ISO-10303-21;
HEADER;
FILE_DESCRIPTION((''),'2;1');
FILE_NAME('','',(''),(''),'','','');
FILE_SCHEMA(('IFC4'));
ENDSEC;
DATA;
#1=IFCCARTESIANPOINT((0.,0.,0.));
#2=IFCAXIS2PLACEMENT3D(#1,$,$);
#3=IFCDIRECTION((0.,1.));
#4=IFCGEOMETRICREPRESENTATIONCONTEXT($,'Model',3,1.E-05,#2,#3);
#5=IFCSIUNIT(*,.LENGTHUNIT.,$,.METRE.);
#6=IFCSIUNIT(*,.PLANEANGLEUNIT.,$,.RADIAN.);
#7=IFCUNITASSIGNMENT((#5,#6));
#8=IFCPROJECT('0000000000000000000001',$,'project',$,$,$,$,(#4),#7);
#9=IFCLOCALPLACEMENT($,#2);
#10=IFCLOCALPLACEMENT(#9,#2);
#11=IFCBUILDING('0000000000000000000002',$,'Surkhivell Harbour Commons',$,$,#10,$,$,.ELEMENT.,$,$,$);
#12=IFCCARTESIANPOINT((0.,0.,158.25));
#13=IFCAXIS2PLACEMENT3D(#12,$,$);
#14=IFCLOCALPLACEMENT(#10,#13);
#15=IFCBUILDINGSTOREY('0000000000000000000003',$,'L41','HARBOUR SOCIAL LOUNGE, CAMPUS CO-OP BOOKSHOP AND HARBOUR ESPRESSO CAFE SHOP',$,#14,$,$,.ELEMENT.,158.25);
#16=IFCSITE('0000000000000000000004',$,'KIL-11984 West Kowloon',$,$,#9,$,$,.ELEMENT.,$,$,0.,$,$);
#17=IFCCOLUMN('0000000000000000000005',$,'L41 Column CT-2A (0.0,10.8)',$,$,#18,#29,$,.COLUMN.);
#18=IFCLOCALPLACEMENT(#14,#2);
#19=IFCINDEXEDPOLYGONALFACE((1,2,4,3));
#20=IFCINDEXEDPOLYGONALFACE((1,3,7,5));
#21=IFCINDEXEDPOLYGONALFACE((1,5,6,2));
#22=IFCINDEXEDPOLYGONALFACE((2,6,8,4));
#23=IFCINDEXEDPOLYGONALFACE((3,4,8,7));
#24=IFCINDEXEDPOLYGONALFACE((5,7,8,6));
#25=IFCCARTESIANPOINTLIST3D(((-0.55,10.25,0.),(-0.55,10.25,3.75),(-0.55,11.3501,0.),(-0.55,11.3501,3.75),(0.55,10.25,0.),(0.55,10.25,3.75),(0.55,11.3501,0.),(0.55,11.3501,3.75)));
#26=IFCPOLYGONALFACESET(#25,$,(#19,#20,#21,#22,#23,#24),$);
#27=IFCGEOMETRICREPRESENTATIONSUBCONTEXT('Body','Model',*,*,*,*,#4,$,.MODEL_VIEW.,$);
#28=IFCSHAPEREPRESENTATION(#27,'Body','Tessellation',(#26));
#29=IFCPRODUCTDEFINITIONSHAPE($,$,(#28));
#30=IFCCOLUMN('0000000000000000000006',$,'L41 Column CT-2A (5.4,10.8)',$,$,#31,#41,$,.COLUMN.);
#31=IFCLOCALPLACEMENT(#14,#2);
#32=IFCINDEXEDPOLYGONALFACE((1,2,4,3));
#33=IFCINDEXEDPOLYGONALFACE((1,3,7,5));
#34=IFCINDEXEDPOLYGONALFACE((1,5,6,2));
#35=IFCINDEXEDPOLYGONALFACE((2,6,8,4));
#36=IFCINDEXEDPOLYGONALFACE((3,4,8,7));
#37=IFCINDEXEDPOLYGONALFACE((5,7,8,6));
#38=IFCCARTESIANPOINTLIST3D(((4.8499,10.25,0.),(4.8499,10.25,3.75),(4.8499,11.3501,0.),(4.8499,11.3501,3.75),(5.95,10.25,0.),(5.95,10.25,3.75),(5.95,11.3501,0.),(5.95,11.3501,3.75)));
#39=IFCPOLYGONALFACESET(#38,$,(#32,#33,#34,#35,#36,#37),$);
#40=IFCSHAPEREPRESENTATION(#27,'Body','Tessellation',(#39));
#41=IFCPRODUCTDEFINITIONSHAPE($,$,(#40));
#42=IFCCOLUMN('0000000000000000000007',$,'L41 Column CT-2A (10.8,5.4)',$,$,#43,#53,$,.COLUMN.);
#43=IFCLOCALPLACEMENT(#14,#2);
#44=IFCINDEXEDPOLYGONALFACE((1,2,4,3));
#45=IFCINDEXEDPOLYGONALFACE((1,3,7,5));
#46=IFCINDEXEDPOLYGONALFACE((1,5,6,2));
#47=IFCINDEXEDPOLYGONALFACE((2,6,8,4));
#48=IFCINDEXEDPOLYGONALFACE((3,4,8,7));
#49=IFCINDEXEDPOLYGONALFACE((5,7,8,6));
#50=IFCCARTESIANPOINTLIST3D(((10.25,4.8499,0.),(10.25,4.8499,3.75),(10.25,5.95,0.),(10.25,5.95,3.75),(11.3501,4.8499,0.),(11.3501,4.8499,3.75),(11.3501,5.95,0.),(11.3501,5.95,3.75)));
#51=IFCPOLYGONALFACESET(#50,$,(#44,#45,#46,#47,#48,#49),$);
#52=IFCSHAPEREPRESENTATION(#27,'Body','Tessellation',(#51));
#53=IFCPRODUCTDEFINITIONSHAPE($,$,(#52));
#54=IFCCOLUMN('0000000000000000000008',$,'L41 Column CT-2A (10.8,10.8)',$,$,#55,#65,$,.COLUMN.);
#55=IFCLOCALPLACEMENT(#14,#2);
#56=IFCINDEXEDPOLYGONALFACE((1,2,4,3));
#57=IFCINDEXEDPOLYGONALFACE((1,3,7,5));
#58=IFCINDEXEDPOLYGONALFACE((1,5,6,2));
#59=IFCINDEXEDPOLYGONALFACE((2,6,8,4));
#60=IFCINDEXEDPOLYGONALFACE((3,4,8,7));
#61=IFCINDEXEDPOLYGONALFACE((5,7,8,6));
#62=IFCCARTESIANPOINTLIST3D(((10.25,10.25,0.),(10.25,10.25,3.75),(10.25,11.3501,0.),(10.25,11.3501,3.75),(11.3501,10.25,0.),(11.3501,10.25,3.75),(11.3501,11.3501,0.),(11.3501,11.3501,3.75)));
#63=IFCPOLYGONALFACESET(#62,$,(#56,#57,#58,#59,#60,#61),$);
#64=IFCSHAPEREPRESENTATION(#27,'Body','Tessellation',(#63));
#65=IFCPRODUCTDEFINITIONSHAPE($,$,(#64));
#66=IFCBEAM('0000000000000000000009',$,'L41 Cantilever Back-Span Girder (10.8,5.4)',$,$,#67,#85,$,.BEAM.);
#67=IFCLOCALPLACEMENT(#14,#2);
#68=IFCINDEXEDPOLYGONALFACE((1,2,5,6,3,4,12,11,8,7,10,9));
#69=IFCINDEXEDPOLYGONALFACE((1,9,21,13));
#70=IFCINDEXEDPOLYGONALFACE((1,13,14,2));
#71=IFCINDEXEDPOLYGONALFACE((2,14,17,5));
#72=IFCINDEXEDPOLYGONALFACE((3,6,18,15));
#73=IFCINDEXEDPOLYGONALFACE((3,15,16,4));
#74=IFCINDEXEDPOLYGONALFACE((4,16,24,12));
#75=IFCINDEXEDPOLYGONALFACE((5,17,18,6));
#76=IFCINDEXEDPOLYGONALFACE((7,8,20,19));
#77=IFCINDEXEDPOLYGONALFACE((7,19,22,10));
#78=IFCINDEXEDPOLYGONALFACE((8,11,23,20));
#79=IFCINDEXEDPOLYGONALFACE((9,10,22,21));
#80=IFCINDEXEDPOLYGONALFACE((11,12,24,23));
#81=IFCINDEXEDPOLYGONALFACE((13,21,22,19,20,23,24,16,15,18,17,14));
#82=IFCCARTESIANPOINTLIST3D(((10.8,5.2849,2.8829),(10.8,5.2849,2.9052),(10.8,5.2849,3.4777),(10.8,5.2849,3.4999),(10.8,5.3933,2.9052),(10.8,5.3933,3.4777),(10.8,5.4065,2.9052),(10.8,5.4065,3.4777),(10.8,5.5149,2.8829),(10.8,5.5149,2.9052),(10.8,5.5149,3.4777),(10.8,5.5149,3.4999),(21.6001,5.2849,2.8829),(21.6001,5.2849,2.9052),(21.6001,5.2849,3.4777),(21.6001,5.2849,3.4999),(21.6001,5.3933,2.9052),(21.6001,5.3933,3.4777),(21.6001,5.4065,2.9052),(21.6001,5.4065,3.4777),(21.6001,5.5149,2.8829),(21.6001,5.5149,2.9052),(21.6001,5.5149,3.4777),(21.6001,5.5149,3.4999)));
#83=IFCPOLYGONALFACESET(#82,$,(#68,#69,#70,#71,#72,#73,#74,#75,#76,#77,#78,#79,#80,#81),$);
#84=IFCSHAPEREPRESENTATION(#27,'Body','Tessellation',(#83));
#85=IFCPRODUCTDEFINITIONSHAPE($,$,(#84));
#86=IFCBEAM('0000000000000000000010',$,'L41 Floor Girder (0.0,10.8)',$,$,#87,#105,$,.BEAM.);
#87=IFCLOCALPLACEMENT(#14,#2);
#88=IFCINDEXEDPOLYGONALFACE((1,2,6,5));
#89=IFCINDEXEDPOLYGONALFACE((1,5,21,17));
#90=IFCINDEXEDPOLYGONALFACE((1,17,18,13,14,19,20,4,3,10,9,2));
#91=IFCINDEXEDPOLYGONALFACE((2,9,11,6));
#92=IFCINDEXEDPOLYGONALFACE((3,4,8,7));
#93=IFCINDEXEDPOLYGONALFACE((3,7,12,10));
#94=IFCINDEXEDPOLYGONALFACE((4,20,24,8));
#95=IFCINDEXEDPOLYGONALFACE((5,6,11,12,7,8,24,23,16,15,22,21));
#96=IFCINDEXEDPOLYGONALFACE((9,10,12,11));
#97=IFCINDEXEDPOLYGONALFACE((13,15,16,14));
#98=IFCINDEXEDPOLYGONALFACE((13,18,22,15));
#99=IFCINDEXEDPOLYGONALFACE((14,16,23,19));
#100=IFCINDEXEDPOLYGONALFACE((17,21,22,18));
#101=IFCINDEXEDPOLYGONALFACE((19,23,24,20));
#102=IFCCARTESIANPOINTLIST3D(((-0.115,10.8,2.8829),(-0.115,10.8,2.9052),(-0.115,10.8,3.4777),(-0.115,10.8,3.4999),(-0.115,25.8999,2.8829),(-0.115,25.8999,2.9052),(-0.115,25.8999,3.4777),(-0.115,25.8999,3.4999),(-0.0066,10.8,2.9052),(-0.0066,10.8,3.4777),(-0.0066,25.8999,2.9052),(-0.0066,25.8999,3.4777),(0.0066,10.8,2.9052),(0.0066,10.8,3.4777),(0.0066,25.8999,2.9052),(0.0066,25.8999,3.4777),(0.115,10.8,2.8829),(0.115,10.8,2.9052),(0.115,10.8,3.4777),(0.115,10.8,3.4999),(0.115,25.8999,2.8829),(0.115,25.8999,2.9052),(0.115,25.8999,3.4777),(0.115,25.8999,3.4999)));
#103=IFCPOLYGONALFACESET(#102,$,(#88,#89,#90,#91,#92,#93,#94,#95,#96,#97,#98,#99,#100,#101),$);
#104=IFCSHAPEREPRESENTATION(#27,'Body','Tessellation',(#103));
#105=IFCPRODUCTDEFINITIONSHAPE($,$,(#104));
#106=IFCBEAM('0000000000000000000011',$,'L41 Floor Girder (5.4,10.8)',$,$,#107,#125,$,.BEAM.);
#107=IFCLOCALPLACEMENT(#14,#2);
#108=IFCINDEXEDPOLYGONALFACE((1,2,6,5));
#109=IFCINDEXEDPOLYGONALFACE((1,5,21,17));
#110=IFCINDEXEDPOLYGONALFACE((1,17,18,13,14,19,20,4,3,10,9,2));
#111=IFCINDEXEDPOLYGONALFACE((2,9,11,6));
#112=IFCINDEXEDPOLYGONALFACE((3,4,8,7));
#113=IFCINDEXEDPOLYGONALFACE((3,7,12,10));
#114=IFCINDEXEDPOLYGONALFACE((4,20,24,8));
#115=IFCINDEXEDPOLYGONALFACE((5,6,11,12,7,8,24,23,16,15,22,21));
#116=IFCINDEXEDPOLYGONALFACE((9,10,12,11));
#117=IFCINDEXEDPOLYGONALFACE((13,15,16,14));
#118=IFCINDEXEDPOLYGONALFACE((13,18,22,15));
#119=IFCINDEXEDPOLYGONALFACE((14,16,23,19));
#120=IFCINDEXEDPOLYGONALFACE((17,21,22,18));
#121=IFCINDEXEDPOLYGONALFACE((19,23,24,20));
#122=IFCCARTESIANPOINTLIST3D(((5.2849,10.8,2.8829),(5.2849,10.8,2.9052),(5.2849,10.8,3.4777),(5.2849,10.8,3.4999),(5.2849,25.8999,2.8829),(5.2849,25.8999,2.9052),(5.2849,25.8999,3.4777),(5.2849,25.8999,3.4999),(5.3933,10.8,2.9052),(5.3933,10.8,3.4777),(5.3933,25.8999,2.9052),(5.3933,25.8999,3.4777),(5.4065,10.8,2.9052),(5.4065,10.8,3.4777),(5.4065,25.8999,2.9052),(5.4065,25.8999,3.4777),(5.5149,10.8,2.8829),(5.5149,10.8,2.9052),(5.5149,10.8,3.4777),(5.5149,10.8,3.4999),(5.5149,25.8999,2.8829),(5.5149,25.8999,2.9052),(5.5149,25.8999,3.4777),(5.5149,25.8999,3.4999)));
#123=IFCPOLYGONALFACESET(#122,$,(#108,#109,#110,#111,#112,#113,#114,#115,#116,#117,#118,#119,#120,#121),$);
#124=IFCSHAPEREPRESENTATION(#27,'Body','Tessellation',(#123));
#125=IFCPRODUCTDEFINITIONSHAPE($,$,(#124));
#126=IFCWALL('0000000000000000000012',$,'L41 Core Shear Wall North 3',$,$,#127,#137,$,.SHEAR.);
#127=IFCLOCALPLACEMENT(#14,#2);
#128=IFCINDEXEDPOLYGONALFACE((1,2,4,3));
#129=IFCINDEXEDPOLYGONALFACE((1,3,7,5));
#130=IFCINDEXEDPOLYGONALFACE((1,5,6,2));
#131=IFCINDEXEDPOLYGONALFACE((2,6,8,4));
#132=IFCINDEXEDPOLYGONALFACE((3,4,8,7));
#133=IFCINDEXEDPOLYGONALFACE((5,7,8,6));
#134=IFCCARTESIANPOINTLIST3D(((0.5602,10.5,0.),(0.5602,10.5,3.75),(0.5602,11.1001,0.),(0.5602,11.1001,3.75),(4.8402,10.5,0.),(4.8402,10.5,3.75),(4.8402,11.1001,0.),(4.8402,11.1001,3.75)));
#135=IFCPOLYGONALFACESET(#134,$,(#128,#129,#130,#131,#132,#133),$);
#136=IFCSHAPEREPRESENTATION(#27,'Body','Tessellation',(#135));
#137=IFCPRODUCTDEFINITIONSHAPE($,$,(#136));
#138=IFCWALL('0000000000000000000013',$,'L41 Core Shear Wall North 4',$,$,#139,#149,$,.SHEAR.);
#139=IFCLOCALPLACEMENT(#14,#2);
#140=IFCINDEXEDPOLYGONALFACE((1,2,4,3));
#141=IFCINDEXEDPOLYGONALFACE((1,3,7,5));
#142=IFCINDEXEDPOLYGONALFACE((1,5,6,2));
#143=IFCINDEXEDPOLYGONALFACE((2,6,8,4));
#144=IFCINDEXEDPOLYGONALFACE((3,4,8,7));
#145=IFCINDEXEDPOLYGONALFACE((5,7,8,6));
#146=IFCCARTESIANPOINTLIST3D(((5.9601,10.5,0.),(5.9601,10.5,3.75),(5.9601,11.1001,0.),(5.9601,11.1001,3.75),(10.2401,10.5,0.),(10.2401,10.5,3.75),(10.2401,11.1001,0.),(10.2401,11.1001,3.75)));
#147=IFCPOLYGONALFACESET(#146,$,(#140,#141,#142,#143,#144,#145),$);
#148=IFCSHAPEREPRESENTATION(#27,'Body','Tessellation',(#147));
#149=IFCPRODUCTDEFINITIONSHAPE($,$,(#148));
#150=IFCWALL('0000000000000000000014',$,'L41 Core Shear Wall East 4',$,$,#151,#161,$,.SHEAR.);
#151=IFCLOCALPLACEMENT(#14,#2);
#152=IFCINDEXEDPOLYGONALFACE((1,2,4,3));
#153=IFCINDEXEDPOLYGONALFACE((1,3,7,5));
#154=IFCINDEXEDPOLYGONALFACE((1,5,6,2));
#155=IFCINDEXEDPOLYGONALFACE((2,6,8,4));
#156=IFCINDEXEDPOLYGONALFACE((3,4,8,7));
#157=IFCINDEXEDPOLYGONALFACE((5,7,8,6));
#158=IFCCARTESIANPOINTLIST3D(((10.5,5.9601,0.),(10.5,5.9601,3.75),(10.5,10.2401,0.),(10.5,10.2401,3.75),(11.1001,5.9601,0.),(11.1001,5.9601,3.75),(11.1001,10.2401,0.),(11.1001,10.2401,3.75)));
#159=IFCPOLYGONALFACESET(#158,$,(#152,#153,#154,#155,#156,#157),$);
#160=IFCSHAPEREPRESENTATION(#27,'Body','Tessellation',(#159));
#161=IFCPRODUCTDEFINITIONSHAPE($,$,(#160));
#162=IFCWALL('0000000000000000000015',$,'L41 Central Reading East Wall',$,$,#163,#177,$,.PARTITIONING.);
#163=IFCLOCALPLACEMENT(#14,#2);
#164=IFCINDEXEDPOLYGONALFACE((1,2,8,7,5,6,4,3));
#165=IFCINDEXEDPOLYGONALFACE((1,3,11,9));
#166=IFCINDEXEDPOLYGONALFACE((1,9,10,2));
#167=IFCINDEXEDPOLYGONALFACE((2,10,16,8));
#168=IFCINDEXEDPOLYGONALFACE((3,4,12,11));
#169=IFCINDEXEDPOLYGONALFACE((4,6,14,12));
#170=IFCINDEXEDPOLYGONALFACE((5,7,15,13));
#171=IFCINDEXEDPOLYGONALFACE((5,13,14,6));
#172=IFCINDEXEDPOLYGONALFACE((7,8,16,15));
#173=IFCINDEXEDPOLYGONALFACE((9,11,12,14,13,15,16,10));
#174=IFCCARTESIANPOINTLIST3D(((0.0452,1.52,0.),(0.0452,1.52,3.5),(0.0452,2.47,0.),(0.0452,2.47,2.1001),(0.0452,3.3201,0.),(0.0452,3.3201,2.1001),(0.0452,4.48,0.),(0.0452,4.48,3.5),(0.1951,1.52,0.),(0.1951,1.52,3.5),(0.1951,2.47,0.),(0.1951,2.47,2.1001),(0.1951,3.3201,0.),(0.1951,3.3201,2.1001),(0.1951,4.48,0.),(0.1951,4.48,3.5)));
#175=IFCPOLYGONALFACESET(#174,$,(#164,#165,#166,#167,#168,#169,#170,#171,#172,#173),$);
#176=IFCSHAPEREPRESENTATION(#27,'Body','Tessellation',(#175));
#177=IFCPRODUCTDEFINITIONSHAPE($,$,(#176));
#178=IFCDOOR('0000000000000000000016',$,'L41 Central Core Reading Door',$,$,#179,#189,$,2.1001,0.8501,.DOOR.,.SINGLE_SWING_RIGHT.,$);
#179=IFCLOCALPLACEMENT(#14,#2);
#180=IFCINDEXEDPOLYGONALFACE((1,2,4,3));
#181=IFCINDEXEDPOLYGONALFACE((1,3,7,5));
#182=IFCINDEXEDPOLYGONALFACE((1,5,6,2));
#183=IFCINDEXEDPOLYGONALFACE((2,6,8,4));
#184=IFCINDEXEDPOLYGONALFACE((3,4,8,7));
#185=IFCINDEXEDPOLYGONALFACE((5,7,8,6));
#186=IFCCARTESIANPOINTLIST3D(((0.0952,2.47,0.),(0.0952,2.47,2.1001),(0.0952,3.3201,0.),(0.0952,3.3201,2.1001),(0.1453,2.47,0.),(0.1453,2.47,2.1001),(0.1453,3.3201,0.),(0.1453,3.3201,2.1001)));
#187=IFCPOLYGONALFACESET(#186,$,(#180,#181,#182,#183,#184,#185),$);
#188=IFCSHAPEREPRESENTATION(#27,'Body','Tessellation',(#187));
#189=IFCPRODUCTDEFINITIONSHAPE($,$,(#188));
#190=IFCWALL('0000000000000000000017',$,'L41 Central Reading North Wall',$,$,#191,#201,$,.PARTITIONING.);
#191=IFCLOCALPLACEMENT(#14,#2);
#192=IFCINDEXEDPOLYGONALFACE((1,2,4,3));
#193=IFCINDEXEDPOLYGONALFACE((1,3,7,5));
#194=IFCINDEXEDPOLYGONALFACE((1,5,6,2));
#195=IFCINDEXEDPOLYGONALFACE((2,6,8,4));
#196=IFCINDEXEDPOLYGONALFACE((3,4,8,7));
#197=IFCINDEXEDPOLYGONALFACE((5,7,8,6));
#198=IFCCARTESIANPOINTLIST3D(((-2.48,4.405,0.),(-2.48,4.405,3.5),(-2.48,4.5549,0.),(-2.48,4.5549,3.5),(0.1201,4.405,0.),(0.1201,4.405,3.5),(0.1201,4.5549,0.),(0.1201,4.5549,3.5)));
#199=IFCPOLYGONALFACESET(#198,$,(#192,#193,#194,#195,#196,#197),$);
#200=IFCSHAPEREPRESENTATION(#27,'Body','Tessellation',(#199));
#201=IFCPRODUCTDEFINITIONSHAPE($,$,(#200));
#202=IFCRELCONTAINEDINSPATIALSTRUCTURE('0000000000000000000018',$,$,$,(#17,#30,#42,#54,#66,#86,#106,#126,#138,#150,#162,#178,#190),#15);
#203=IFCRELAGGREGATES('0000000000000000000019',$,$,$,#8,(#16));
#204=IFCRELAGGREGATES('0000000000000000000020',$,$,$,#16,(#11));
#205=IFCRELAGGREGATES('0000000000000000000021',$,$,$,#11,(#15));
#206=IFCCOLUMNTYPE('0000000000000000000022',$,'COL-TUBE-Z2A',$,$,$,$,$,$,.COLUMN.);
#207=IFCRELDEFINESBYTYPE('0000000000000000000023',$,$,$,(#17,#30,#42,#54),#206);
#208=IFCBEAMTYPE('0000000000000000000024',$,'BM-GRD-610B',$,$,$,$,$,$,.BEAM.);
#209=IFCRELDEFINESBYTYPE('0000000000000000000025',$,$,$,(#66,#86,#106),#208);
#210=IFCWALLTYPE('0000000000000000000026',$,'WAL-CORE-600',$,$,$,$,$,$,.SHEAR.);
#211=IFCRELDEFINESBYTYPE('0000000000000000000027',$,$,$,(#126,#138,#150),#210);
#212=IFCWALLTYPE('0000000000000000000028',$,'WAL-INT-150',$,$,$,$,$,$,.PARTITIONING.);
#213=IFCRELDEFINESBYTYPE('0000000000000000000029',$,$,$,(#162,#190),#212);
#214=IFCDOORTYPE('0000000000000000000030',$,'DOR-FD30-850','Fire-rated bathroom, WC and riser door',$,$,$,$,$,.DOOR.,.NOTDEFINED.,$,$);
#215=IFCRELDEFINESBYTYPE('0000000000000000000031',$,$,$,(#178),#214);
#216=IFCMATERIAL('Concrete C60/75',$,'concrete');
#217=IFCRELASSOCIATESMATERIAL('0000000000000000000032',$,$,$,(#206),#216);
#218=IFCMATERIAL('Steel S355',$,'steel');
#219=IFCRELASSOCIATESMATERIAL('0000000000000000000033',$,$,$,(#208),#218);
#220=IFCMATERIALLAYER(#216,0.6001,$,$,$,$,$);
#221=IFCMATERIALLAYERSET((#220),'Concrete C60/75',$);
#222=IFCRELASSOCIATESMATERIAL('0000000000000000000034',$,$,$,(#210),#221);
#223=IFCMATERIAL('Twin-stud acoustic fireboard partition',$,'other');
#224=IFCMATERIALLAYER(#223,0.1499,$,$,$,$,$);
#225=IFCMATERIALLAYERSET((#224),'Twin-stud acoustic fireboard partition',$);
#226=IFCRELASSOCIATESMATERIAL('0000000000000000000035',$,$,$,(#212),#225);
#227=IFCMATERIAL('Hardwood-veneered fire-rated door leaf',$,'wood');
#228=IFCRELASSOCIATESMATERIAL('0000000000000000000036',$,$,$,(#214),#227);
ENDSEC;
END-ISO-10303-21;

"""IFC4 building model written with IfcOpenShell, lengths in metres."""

from ifc_helpers import new_model, si_unit, direction, frame, frame_2d, origin, origin_2d, place, context, subcontext, project, spatial, rectangle, i_section, extrude, material, layer, layer_set, material_profile, profile_set, type_object, element, fill, save


model = new_model("IFC4")

# Units and contexts
model_context = context("Model", 3, precision=1e-05, world=origin(), true_north=direction((0.0, 1.0)))
body_context = subcontext(model_context, "Body", "Model", "MODEL_VIEW")
ifc_project = project(units=[si_unit("LENGTHUNIT", "METRE"), si_unit("PLANEANGLEUNIT", "RADIAN")], contexts=[model_context])

# Site, building, storey
site_placement = place(None, origin())
site = spatial("IfcSite", under=ifc_project, at=site_placement, Name="KIL-11984 West Kowloon", CompositionType="ELEMENT", RefElevation=0.0)
building_placement = place(site_placement, origin())
building = spatial("IfcBuilding", under=site, at=building_placement, Name="Surkhivell Harbour Commons", CompositionType="ELEMENT")
storey_placement = place(building_placement, frame((0.0, 0.0, 158.25)))
storey = spatial("IfcBuildingStorey", under=building, at=storey_placement, Name="L41", Description="HARBOUR SOCIAL LOUNGE, CAMPUS CO-OP BOOKSHOP AND HARBOUR ESPRESSO CAFE SHOP", CompositionType="ELEMENT", Elevation=158.25)

# Columns
ifc_material_1 = material(Name="Concrete C60/75", Category="concrete")
ifc_material_profile_1 = material_profile(ifc_material_1, rectangle(XDim=1.1001, YDim=1.1001, at=origin_2d()), Name="RC-COL-1100x1100")
ifc_profile_set_1 = profile_set([ifc_material_profile_1], Name="Concrete C60/75")
column_type = type_object("IfcColumnType", Name="COL-TUBE-Z2A", PredefinedType="COLUMN", material=ifc_profile_set_1)
for number, where, z_axis, x_axis, name in (
    (1, (0.0, 10.8, 0.0), (0.0, 0.0, 1.0), (1.0, 0.0, 0.0), "L41 Column CT-2A (0.0,10.8)"),
    (2, (5.3999, 10.8, 0.0), (0.0, 0.0, 1.0), (1.0, 0.0, 0.0), "L41 Column CT-2A (5.4,10.8)"),
    (3, (10.8, 5.3999, 0.0), (0.0, 0.0, 1.0), (1.0, 0.0, 0.0), "L41 Column CT-2A (10.8,5.4)"),
    (4, (10.8, 10.8, 0.0), (0.0, 0.0, 1.0), (1.0, 0.0, 0.0), "L41 Column CT-2A (10.8,10.8)"),
):
    element("IfcColumn", number, at=place(storey_placement, frame(where, z_axis=z_axis, x_axis=x_axis)), inside=storey, type_object=column_type, Name=name, PredefinedType="COLUMN", context=body_context, shape_type="SweptSolid", body=[
        extrude(rectangle(XDim=1.1001, YDim=1.1001, at=origin_2d()), origin(), (0.0, 0.0, 1.0), 3.75),
    ])

# Beams
ifc_material_2 = material(Name="Steel S355", Category="steel")
ifc_material_profile_2 = material_profile(ifc_material_2, i_section(OverallWidth=0.23, OverallDepth=0.6169, WebThickness=0.0132, FlangeThickness=0.0222, at=origin_2d()), Name="UB610x229x140")
ifc_profile_set_2 = profile_set([ifc_material_profile_2], Name="Steel S355")
beam_type = type_object("IfcBeamType", Name="BM-GRD-610B", PredefinedType="BEAM", material=ifc_profile_set_2)
beam_placement = place(storey_placement, frame((10.8, 5.3999, 3.1914), z_axis=(1.0, 0.0, 0.0), x_axis=(0.0, 1.0, 0.0)))
element("IfcBeam", 5, at=beam_placement, inside=storey, type_object=beam_type, Name="L41 Cantilever Back-Span Girder (10.8,5.4)", PredefinedType="BEAM", context=body_context, shape_type="SweptSolid", body=[
    extrude(i_section(OverallWidth=0.23, OverallDepth=0.6169, WebThickness=0.0132, FlangeThickness=0.0222, at=origin_2d()), origin(), (0.0, 0.0, 1.0), 10.8),
])
for number, where, z_axis, x_axis, name in (
    (6, (0.0, 10.8, 3.1914), (0.0, 1.0, 0.0), (-1.0, 0.0, 0.0), "L41 Floor Girder (0.0,10.8)"),
    (7, (5.3999, 10.8, 3.1914), (0.0, 1.0, 0.0), (-1.0, 0.0, 0.0), "L41 Floor Girder (5.4,10.8)"),
):
    element("IfcBeam", number, at=place(storey_placement, frame(where, z_axis=z_axis, x_axis=x_axis)), inside=storey, type_object=beam_type, Name=name, PredefinedType="BEAM", context=body_context, shape_type="SweptSolid", body=[
        extrude(i_section(OverallWidth=0.23, OverallDepth=0.6169, WebThickness=0.0132, FlangeThickness=0.0222, at=origin_2d()), origin(), (0.0, 0.0, 1.0), 15.0999),
    ])

# Walls
ifc_layer_1 = layer(ifc_material_1, 0.6001)
ifc_layer_set_1 = layer_set([ifc_layer_1], Name="Concrete C60/75")
wall_type_1 = type_object("IfcWallType", Name="WAL-CORE-600", PredefinedType="SHEAR", material=ifc_layer_set_1)
for number, where, z_axis, x_axis, name in (
    (8, (0.5601, 10.8, 0.0), (0.0, 0.0, 1.0), (1.0, 0.0, 0.0), "L41 Core Shear Wall North 3"),
    (9, (5.96, 10.8, 0.0), (0.0, 0.0, 1.0), (1.0, 0.0, 0.0), "L41 Core Shear Wall North 4"),
    (10, (10.8, 5.96, 0.0), (0.0, 0.0, 1.0), (0.0, 1.0, 0.0), "L41 Core Shear Wall East 4"),
):
    element("IfcWall", number, at=place(storey_placement, frame(where, z_axis=z_axis, x_axis=x_axis)), inside=storey, type_object=wall_type_1, Name=name, PredefinedType="SHEAR", context=body_context, shape_type="SweptSolid", body=[
        extrude(rectangle(XDim=4.28, YDim=0.6001, at=frame_2d((2.1401, 0.0))), origin(), (0.0, 0.0, 1.0), 3.75),
    ])

# Wall, opening, door
ifc_material_3 = material(Name="Twin-stud acoustic fireboard partition", Category="other")
ifc_layer_2 = layer(ifc_material_3, 0.1499)
ifc_layer_set_2 = layer_set([ifc_layer_2], Name="Twin-stud acoustic fireboard partition")
wall_type_2 = type_object("IfcWallType", Name="WAL-INT-150", PredefinedType="PARTITIONING", material=ifc_layer_set_2)
wall_1_placement = place(storey_placement, frame((0.1201, 1.52, 0.0), z_axis=(0.0, 0.0, 1.0), x_axis=(0.0, 1.0, 0.0)))
wall_1 = element("IfcWall", 11, at=wall_1_placement, inside=storey, type_object=wall_type_2, Name="L41 Central Reading East Wall", PredefinedType="PARTITIONING", context=body_context, shape_type="SweptSolid", body=[
    extrude(rectangle(XDim=2.96, YDim=0.1499, at=frame_2d((1.48, 0.0))), origin(), (0.0, 0.0, 1.0), 3.5),
])
opening_1_placement = place(wall_1_placement, frame((0.95, 0.0, 0.0)))
opening_1 = element("IfcOpeningElement", 12, at=opening_1_placement, cuts=wall_1, PredefinedType="OPENING", context=body_context, shape_type="SweptSolid", body=[
    extrude(rectangle(XDim=0.8501, YDim=2.1001, at=frame_2d((0.425, 1.05))), frame((0.0, 0.085, 0.0), z_axis=(0.0, -1.0, 0.0), x_axis=(1.0, 0.0, 0.0)), (0.0, 0.0, 1.0), 0.1699),
])
ifc_material_4 = material(Name="Hardwood-veneered fire-rated door leaf", Category="wood")
door_type_1 = type_object("IfcDoorType", Name="DOR-FD30-850", Description="Fire-rated bathroom, WC and riser door", OperationType="NOTDEFINED", PredefinedType="DOOR", material=ifc_material_4)
door_1_placement = place(opening_1_placement, origin())
door_1 = element("IfcDoor", 13, at=door_1_placement, inside=storey, type_object=door_type_1, Name="L41 Central Core Reading Door", OperationType="SINGLE_SWING_RIGHT", OverallHeight=2.1001, OverallWidth=0.8501, PredefinedType="DOOR", context=body_context, shape_type="SweptSolid", body=[
    extrude(rectangle(XDim=0.8501, YDim=2.1001, at=frame_2d((0.425, 1.05))), frame((0.0, 0.0249, 0.0), z_axis=(0.0, -1.0, 0.0), x_axis=(1.0, 0.0, 0.0)), (0.0, 0.0, 1.0), 0.05),
])
fill(opening_1, door_1)

# Wall
for number, where, z_axis, x_axis, name in (
    (14, (-2.48, 4.48, 0.0), (0.0, 0.0, 1.0), (1.0, 0.0, 0.0), "L41 Central Reading North Wall"),
):
    element("IfcWall", number, at=place(storey_placement, frame(where, z_axis=z_axis, x_axis=x_axis)), inside=storey, type_object=wall_type_2, Name=name, PredefinedType="PARTITIONING", context=body_context, shape_type="SweptSolid", body=[
        extrude(rectangle(XDim=2.6001, YDim=0.1499, at=frame_2d((1.3, 0.0))), origin(), (0.0, 0.0, 1.0), 3.5),
    ])

save(model, "model.ifc")
